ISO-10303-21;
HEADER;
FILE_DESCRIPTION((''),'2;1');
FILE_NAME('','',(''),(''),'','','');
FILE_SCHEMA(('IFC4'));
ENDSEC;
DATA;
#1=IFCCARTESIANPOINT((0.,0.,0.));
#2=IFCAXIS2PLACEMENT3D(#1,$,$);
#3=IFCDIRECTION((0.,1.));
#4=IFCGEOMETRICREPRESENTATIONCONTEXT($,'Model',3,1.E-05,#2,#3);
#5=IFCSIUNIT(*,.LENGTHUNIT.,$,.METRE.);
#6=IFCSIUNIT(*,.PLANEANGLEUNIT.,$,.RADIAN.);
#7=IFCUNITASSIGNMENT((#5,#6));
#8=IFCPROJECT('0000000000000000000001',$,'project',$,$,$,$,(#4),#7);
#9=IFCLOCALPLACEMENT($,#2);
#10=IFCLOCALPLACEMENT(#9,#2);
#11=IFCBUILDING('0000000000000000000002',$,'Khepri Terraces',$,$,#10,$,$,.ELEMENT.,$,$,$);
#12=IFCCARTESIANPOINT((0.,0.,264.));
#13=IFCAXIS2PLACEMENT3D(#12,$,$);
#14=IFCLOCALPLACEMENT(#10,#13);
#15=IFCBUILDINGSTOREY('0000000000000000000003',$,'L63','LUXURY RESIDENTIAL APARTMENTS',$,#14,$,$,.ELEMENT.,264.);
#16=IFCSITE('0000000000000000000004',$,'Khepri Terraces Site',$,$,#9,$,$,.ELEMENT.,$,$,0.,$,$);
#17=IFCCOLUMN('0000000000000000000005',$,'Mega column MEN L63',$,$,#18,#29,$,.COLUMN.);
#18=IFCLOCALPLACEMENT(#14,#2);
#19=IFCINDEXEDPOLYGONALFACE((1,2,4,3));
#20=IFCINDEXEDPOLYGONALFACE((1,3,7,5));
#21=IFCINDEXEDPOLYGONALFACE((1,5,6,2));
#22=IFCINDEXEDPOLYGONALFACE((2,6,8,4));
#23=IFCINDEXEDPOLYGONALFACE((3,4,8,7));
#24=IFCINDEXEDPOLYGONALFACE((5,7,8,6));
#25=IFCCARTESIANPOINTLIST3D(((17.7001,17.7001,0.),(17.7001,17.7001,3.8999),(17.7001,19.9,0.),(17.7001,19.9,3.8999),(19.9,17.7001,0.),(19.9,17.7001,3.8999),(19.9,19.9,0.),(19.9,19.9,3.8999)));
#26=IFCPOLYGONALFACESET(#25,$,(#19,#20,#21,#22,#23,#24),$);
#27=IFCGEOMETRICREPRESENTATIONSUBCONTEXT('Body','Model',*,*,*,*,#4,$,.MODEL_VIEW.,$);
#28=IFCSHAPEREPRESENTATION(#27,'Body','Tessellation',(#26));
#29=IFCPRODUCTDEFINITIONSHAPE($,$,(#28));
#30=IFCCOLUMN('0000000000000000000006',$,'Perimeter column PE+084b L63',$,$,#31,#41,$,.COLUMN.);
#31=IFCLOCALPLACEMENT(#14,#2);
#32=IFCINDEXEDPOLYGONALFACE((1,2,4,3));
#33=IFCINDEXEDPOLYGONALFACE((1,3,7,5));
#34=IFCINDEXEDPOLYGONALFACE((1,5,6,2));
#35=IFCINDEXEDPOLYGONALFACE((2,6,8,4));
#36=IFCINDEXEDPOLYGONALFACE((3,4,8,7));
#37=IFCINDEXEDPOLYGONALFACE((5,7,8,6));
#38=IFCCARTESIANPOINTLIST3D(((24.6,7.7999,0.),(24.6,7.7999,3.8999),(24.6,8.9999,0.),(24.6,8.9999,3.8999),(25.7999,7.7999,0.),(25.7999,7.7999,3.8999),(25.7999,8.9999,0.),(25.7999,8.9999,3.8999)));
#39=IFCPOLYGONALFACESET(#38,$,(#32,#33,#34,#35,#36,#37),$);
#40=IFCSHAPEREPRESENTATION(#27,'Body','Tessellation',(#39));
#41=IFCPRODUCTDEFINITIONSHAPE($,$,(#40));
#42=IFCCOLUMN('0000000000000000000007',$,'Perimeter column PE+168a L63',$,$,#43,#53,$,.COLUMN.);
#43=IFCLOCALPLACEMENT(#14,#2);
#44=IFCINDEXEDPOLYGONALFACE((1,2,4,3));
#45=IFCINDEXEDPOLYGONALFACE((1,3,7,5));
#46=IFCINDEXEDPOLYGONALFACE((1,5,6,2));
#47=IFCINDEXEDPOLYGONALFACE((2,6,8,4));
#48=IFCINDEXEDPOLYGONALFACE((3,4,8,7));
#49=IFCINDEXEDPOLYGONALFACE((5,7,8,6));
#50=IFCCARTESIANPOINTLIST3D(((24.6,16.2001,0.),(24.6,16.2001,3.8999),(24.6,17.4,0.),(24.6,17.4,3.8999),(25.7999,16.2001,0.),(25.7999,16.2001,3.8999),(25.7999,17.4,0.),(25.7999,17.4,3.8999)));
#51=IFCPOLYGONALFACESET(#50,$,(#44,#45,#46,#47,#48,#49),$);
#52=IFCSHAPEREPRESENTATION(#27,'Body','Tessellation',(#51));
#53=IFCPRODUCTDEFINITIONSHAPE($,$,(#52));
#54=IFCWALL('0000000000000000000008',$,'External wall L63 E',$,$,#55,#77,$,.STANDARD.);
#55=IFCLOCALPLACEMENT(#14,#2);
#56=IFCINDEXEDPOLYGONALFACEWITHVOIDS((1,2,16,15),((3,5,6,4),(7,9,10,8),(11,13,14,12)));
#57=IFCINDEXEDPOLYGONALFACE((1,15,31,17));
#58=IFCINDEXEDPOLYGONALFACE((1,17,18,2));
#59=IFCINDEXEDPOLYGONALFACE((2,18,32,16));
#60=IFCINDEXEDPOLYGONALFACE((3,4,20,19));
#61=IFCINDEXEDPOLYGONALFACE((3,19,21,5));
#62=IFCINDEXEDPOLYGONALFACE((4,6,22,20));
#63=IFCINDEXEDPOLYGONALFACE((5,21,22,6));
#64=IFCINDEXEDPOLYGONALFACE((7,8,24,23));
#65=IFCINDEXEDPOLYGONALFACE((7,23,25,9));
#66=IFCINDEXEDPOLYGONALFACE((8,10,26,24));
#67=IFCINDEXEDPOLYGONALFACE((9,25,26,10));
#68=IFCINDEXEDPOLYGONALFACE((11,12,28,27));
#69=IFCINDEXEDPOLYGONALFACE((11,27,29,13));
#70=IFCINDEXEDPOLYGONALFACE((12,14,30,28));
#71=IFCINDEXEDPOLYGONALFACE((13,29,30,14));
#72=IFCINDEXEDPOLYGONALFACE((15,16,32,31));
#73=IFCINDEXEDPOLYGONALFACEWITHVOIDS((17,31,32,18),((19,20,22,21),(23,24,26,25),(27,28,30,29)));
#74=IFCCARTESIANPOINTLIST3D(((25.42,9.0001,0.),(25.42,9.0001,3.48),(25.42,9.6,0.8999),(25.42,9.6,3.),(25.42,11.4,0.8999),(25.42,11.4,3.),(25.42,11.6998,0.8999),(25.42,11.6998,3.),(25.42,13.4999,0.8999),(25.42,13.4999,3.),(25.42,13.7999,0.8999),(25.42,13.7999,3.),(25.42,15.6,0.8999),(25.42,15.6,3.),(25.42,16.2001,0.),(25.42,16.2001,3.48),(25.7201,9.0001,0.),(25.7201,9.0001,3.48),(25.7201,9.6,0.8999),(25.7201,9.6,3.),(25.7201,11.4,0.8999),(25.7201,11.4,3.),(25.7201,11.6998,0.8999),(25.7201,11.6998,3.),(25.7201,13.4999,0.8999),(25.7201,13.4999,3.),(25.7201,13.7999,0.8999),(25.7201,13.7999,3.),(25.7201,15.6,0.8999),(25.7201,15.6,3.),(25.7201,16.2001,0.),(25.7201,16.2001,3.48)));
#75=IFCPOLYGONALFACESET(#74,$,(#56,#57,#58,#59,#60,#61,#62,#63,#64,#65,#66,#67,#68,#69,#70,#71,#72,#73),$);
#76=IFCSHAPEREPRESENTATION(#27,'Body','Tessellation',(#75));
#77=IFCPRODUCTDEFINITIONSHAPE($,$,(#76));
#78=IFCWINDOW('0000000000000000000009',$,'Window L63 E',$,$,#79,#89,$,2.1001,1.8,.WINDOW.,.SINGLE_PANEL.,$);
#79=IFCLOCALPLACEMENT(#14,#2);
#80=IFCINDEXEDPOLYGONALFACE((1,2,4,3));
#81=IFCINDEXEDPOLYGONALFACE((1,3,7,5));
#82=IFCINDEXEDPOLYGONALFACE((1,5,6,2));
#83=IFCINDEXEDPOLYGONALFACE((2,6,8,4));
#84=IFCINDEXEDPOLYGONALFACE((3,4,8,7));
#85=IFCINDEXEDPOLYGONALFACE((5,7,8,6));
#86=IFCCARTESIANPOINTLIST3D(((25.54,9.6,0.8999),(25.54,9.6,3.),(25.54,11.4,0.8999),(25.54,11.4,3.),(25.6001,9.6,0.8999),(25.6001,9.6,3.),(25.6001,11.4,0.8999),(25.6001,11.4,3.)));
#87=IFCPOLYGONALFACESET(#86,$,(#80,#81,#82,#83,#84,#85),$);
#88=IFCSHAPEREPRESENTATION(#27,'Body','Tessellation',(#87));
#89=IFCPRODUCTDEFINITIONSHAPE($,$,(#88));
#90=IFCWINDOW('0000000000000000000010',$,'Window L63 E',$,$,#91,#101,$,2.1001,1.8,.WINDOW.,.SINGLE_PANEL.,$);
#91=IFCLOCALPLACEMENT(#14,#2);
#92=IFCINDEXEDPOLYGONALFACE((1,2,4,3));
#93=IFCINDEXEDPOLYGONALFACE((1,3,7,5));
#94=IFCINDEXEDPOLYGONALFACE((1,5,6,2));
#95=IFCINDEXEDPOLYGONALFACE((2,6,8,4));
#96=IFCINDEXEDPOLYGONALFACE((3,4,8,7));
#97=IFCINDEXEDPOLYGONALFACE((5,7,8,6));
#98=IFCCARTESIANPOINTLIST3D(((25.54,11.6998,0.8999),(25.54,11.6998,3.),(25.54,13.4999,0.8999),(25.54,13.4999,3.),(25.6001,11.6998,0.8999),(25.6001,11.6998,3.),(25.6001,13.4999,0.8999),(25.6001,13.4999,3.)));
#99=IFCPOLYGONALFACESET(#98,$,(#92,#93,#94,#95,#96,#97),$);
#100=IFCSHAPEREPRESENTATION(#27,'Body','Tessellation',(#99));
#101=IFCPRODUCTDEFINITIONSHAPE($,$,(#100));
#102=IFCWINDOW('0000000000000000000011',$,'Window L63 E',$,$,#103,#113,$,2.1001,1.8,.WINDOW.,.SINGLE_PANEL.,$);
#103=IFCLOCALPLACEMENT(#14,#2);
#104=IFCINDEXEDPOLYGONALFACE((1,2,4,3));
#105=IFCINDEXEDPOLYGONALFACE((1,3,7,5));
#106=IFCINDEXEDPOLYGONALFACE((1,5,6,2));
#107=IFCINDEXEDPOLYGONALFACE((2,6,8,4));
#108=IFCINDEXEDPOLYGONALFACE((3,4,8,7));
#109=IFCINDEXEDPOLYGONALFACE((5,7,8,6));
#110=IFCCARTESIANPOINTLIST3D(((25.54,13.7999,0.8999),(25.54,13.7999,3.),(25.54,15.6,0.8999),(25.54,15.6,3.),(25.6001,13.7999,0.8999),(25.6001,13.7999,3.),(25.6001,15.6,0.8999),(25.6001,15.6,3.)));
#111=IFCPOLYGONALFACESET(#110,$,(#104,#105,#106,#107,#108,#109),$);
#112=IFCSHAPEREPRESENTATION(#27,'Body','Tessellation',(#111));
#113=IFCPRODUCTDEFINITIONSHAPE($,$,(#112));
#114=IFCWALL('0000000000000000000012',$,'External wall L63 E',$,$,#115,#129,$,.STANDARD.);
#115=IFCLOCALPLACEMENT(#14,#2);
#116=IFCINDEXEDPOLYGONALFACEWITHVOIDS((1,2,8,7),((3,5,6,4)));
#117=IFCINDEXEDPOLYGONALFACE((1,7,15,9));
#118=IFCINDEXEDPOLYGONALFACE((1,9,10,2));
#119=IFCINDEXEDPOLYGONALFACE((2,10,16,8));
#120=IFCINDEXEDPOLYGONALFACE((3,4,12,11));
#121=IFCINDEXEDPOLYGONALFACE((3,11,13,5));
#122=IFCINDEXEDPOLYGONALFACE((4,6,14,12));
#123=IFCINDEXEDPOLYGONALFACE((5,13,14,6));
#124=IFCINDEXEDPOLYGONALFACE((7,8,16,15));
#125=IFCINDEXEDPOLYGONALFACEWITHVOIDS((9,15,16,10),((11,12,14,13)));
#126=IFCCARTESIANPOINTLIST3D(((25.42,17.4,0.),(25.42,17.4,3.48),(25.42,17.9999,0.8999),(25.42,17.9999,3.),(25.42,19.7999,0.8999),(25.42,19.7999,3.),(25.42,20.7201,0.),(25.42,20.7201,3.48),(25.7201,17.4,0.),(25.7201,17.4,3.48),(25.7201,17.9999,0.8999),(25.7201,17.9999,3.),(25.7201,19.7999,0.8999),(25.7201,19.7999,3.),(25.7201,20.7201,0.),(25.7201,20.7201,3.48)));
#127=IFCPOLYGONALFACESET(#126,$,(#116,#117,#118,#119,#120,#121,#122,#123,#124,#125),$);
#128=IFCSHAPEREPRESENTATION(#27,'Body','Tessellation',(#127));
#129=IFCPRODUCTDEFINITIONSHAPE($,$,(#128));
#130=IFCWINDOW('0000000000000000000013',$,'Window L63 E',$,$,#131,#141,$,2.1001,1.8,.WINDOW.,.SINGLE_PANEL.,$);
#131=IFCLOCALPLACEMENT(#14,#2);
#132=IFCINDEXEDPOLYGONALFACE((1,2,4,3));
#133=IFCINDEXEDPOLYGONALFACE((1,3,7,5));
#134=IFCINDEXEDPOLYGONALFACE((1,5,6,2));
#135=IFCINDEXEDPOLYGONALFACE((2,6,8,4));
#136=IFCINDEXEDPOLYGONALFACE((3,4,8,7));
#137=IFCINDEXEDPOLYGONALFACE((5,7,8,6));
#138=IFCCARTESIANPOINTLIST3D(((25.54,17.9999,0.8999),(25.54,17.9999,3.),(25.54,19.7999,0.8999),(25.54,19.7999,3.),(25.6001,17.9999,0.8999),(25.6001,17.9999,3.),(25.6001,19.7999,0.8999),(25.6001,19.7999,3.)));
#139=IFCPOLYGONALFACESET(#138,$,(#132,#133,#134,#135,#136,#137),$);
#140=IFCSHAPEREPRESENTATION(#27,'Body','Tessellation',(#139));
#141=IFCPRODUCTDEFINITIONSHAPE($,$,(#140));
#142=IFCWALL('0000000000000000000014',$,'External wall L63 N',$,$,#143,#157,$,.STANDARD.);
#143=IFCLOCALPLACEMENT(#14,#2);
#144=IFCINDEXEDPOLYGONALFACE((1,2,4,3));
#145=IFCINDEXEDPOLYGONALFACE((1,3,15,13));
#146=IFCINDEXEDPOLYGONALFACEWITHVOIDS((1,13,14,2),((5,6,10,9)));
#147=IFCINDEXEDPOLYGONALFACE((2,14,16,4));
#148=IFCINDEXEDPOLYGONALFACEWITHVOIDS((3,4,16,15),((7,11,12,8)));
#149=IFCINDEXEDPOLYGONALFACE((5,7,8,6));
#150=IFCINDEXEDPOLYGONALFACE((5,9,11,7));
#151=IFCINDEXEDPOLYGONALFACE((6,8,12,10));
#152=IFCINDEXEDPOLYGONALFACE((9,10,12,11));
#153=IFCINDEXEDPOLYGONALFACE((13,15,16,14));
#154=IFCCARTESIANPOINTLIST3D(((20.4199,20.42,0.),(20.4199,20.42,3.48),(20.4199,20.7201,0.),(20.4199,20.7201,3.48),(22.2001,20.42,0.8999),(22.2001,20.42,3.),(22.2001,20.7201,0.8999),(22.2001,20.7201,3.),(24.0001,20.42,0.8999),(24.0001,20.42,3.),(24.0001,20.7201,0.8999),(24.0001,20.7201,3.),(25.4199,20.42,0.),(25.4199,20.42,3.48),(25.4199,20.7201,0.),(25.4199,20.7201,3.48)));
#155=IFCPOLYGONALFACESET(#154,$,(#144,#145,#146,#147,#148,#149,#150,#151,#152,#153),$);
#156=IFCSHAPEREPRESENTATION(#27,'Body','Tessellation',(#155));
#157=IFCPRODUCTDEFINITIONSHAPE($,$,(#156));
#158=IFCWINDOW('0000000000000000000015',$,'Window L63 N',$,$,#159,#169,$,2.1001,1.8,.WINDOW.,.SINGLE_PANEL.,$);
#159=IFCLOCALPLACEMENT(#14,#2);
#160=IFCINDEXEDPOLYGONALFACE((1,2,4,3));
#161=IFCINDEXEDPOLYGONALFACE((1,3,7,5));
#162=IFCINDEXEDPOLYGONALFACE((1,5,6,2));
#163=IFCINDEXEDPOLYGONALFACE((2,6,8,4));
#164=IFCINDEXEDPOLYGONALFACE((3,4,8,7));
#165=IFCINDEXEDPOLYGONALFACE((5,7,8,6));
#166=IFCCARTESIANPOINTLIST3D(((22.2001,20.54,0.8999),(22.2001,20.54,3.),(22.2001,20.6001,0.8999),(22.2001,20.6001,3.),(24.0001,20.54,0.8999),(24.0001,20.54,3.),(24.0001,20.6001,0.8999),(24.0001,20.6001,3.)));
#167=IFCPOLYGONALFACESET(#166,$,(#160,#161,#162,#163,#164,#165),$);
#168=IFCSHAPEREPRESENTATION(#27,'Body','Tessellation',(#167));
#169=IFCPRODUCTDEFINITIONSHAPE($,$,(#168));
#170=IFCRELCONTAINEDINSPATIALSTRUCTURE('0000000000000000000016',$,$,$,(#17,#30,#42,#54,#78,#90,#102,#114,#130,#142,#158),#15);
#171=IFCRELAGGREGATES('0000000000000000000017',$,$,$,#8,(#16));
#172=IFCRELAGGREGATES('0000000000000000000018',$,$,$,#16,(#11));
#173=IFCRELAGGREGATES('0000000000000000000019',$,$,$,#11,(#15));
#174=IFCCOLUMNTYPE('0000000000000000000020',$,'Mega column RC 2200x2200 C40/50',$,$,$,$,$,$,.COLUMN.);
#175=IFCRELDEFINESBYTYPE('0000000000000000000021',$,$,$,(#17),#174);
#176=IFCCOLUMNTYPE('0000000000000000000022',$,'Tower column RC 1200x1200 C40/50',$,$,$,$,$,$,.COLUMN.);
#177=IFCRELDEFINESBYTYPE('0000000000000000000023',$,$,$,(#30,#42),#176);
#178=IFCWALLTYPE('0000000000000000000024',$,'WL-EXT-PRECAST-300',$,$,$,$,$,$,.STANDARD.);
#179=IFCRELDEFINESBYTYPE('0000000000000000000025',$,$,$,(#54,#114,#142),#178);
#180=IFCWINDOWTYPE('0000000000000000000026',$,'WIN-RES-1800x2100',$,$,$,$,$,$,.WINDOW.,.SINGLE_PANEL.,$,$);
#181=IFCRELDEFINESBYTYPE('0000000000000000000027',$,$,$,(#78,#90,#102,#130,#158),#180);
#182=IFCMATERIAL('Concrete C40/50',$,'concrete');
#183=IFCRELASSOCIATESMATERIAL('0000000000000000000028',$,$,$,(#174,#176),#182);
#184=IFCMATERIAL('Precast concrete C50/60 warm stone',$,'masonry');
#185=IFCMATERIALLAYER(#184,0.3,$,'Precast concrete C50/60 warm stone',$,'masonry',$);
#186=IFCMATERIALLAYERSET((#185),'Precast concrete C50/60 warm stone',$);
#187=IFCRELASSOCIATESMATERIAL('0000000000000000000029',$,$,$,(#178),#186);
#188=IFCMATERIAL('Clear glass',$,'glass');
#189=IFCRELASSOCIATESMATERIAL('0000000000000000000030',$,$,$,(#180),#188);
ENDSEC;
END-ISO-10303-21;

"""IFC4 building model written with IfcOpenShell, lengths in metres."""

from ifc_helpers import new_model, si_unit, direction, frame, frame_2d, origin, origin_2d, place, context, subcontext, project, spatial, rectangle, extrude, material, layer, layer_set, material_profile, profile_set, type_object, element, fill, save


model = new_model("IFC4")

# Units and contexts
model_context = context("Model", 3, precision=1e-05, world=origin(), true_north=direction((0.0, 1.0)))
body_context = subcontext(model_context, "Body", "Model", "MODEL_VIEW")
ifc_project = project(units=[si_unit("LENGTHUNIT", "METRE"), si_unit("PLANEANGLEUNIT", "RADIAN")], contexts=[model_context])

# Site, building, storey
site_placement = place(None, origin())
site = spatial("IfcSite", under=ifc_project, at=site_placement, Name="Khepri Terraces Site", CompositionType="ELEMENT", RefElevation=0.0)
building_placement = place(site_placement, origin())
building = spatial("IfcBuilding", under=site, at=building_placement, Name="Khepri Terraces", CompositionType="ELEMENT")
storey_placement = place(building_placement, frame((0.0, 0.0, 264.0)))
storey = spatial("IfcBuildingStorey", under=building, at=storey_placement, Name="L63", Description="LUXURY RESIDENTIAL APARTMENTS", CompositionType="ELEMENT", Elevation=264.0)

# Columns
ifc_material_1 = material(Name="Concrete C40/50", Category="concrete")
ifc_material_profile_1 = material_profile(ifc_material_1, rectangle(XDim=2.2, YDim=2.2, at=origin_2d()), Name="Concrete C40/50", Category="concrete")
ifc_profile_set_1 = profile_set([ifc_material_profile_1], Name="Concrete C40/50")
column_type_1 = type_object("IfcColumnType", Name="Mega column RC 2200x2200 C40/50", PredefinedType="COLUMN", material=ifc_profile_set_1)
column_placement = place(storey_placement, frame((18.8, 18.8, 0.0), z_axis=(0.0, 0.0, 1.0), x_axis=(1.0, 0.0, 0.0)))
element("IfcColumn", 1, at=column_placement, inside=storey, type_object=column_type_1, Name="Mega column MEN L63", PredefinedType="COLUMN", context=body_context, shape_type="SweptSolid", body=[
    extrude(rectangle(XDim=2.2, YDim=2.2, at=origin_2d()), origin(), (0.0, 0.0, 1.0), 3.8999),
])
ifc_material_profile_2 = material_profile(ifc_material_1, rectangle(XDim=1.2, YDim=1.2, at=origin_2d()), Name="Concrete C40/50", Category="concrete")
ifc_profile_set_2 = profile_set([ifc_material_profile_2], Name="Concrete C40/50")
column_type_2 = type_object("IfcColumnType", Name="Tower column RC 1200x1200 C40/50", PredefinedType="COLUMN", material=ifc_profile_set_2)
for number, where, z_axis, x_axis, name in (
    (2, (25.2, 8.3999, 0.0), (0.0, 0.0, 1.0), (1.0, 0.0, 0.0), "Perimeter column PE+084b L63"),
    (3, (25.2, 16.8, 0.0), (0.0, 0.0, 1.0), (1.0, 0.0, 0.0), "Perimeter column PE+168a L63"),
):
    element("IfcColumn", number, at=place(storey_placement, frame(where, z_axis=z_axis, x_axis=x_axis)), inside=storey, type_object=column_type_2, Name=name, PredefinedType="COLUMN", context=body_context, shape_type="SweptSolid", body=[
        extrude(rectangle(XDim=1.2, YDim=1.2, at=origin_2d()), origin(), (0.0, 0.0, 1.0), 3.8999),
    ])

# Wall, openings, windows
ifc_material_2 = material(Name="Precast concrete C50/60 warm stone", Category="masonry")
ifc_layer_1 = layer(ifc_material_2, 0.3, Name="Precast concrete C50/60 warm stone", Category="masonry")
ifc_layer_set_1 = layer_set([ifc_layer_1], Name="Precast concrete C50/60 warm stone")
wall_type_1 = type_object("IfcWallType", Name="WL-EXT-PRECAST-300", PredefinedType="STANDARD", material=ifc_layer_set_1)
wall_1_placement = place(storey_placement, frame((25.5701, 9.0, 0.0), z_axis=(0.0, 0.0, 1.0), x_axis=(0.0, 1.0, 0.0)))
wall_1 = element("IfcWall", 4, at=wall_1_placement, inside=storey, type_object=wall_type_1, Name="External wall L63 E", PredefinedType="STANDARD", context=body_context, shape_type="SweptSolid", body=[
    extrude(rectangle(XDim=7.2, YDim=0.3, at=frame_2d((3.6001, 0.0))), origin(), (0.0, 0.0, 1.0), 3.48),
])
opening_1_placement = place(wall_1_placement, frame((0.6001, 0.0, 0.8999)))
opening_1 = element("IfcOpeningElement", 5, at=opening_1_placement, cuts=wall_1, PredefinedType="OPENING", context=body_context, shape_type="SweptSolid", body=[
    extrude(rectangle(XDim=1.8, YDim=2.1001, at=frame_2d((0.8999, 1.05))), frame((0.0, 0.1602, 0.0), z_axis=(0.0, -1.0, 0.0), x_axis=(1.0, 0.0, 0.0)), (0.0, 0.0, 1.0), 0.3201),
])
opening_2_placement = place(wall_1_placement, frame((2.7, 0.0, 0.8999)))
opening_2 = element("IfcOpeningElement", 6, at=opening_2_placement, cuts=wall_1, PredefinedType="OPENING", context=body_context, shape_type="SweptSolid", body=[
    extrude(rectangle(XDim=1.8, YDim=2.1001, at=frame_2d((0.8999, 1.05))), frame((0.0, 0.1602, 0.0), z_axis=(0.0, -1.0, 0.0), x_axis=(1.0, 0.0, 0.0)), (0.0, 0.0, 1.0), 0.3201),
])
opening_3_placement = place(wall_1_placement, frame((4.8, 0.0, 0.8999)))
opening_3 = element("IfcOpeningElement", 7, at=opening_3_placement, cuts=wall_1, PredefinedType="OPENING", context=body_context, shape_type="SweptSolid", body=[
    extrude(rectangle(XDim=1.8, YDim=2.1001, at=frame_2d((0.8999, 1.05))), frame((0.0, 0.1602, 0.0), z_axis=(0.0, -1.0, 0.0), x_axis=(1.0, 0.0, 0.0)), (0.0, 0.0, 1.0), 0.3201),
])
ifc_material_3 = material(Name="Clear glass", Category="glass")
window_type = type_object("IfcWindowType", Name="WIN-RES-1800x2100", PartitioningType="SINGLE_PANEL", PredefinedType="WINDOW", material=ifc_material_3)
window_1_placement = place(opening_1_placement, origin())
window_1 = element("IfcWindow", 8, at=window_1_placement, inside=storey, type_object=window_type, Name="Window L63 E", OverallHeight=2.1001, OverallWidth=1.8, PartitioningType="SINGLE_PANEL", PredefinedType="WINDOW", context=body_context, shape_type="SweptSolid", body=[
    extrude(rectangle(XDim=1.8, YDim=2.1001, at=frame_2d((0.8999, 1.05))), frame((0.0, 0.03, 0.0), z_axis=(0.0, -1.0, 0.0), x_axis=(1.0, 0.0, 0.0)), (0.0, 0.0, 1.0), 0.0601),
])
fill(opening_1, window_1)
window_2_placement = place(opening_2_placement, origin())
window_2 = element("IfcWindow", 9, at=window_2_placement, inside=storey, type_object=window_type, Name="Window L63 E", OverallHeight=2.1001, OverallWidth=1.8, PartitioningType="SINGLE_PANEL", PredefinedType="WINDOW", context=body_context, shape_type="SweptSolid", body=[
    extrude(rectangle(XDim=1.8, YDim=2.1001, at=frame_2d((0.8999, 1.05))), frame((0.0, 0.03, 0.0), z_axis=(0.0, -1.0, 0.0), x_axis=(1.0, 0.0, 0.0)), (0.0, 0.0, 1.0), 0.0601),
])
fill(opening_2, window_2)
window_3_placement = place(opening_3_placement, origin())
window_3 = element("IfcWindow", 10, at=window_3_placement, inside=storey, type_object=window_type, Name="Window L63 E", OverallHeight=2.1001, OverallWidth=1.8, PartitioningType="SINGLE_PANEL", PredefinedType="WINDOW", context=body_context, shape_type="SweptSolid", body=[
    extrude(rectangle(XDim=1.8, YDim=2.1001, at=frame_2d((0.8999, 1.05))), frame((0.0, 0.03, 0.0), z_axis=(0.0, -1.0, 0.0), x_axis=(1.0, 0.0, 0.0)), (0.0, 0.0, 1.0), 0.0601),
])
fill(opening_3, window_3)

# Walls, openings, windows
wall_2_placement = place(storey_placement, frame((25.5701, 17.3999, 0.0), z_axis=(0.0, 0.0, 1.0), x_axis=(0.0, 1.0, 0.0)))
wall_2 = element("IfcWall", 11, at=wall_2_placement, inside=storey, type_object=wall_type_1, Name="External wall L63 E", PredefinedType="STANDARD", context=body_context, shape_type="SweptSolid", body=[
    extrude(rectangle(XDim=3.3201, YDim=0.3, at=frame_2d((1.6602, 0.0))), origin(), (0.0, 0.0, 1.0), 3.48),
])
opening_4_placement = place(wall_2_placement, frame((0.6001, 0.0, 0.8999)))
opening_4 = element("IfcOpeningElement", 12, at=opening_4_placement, cuts=wall_2, PredefinedType="OPENING", context=body_context, shape_type="SweptSolid", body=[
    extrude(rectangle(XDim=1.8, YDim=2.1001, at=frame_2d((0.8999, 1.05))), frame((0.0, 0.1602, 0.0), z_axis=(0.0, -1.0, 0.0), x_axis=(1.0, 0.0, 0.0)), (0.0, 0.0, 1.0), 0.3201),
])
window_4_placement = place(opening_4_placement, origin())
window_4 = element("IfcWindow", 13, at=window_4_placement, inside=storey, type_object=window_type, Name="Window L63 E", OverallHeight=2.1001, OverallWidth=1.8, PartitioningType="SINGLE_PANEL", PredefinedType="WINDOW", context=body_context, shape_type="SweptSolid", body=[
    extrude(rectangle(XDim=1.8, YDim=2.1001, at=frame_2d((0.8999, 1.05))), frame((0.0, 0.03, 0.0), z_axis=(0.0, -1.0, 0.0), x_axis=(1.0, 0.0, 0.0)), (0.0, 0.0, 1.0), 0.0601),
])
fill(opening_4, window_4)
wall_3_placement = place(storey_placement, frame((25.4199, 20.5701, 0.0), z_axis=(0.0, 0.0, 1.0), x_axis=(-1.0, 0.0, 0.0)))
wall_3 = element("IfcWall", 14, at=wall_3_placement, inside=storey, type_object=wall_type_1, Name="External wall L63 N", PredefinedType="STANDARD", context=body_context, shape_type="SweptSolid", body=[
    extrude(rectangle(XDim=5.0, YDim=0.3, at=frame_2d((2.5, 0.0))), origin(), (0.0, 0.0, 1.0), 3.48),
])
opening_5_placement = place(wall_3_placement, frame((1.4199, 0.0, 0.8999)))
opening_5 = element("IfcOpeningElement", 15, at=opening_5_placement, cuts=wall_3, PredefinedType="OPENING", context=body_context, shape_type="SweptSolid", body=[
    extrude(rectangle(XDim=1.8, YDim=2.1001, at=frame_2d((0.8999, 1.05))), frame((0.0, 0.1602, 0.0), z_axis=(0.0, -1.0, 0.0), x_axis=(1.0, 0.0, 0.0)), (0.0, 0.0, 1.0), 0.3201),
])
window_5_placement = place(opening_5_placement, origin())
window_5 = element("IfcWindow", 16, at=window_5_placement, inside=storey, type_object=window_type, Name="Window L63 N", OverallHeight=2.1001, OverallWidth=1.8, PartitioningType="SINGLE_PANEL", PredefinedType="WINDOW", context=body_context, shape_type="SweptSolid", body=[
    extrude(rectangle(XDim=1.8, YDim=2.1001, at=frame_2d((0.8999, 1.05))), frame((0.0, 0.03, 0.0), z_axis=(0.0, -1.0, 0.0), x_axis=(1.0, 0.0, 0.0)), (0.0, 0.0, 1.0), 0.0601),
])
fill(opening_5, window_5)

save(model, "model.ifc")
